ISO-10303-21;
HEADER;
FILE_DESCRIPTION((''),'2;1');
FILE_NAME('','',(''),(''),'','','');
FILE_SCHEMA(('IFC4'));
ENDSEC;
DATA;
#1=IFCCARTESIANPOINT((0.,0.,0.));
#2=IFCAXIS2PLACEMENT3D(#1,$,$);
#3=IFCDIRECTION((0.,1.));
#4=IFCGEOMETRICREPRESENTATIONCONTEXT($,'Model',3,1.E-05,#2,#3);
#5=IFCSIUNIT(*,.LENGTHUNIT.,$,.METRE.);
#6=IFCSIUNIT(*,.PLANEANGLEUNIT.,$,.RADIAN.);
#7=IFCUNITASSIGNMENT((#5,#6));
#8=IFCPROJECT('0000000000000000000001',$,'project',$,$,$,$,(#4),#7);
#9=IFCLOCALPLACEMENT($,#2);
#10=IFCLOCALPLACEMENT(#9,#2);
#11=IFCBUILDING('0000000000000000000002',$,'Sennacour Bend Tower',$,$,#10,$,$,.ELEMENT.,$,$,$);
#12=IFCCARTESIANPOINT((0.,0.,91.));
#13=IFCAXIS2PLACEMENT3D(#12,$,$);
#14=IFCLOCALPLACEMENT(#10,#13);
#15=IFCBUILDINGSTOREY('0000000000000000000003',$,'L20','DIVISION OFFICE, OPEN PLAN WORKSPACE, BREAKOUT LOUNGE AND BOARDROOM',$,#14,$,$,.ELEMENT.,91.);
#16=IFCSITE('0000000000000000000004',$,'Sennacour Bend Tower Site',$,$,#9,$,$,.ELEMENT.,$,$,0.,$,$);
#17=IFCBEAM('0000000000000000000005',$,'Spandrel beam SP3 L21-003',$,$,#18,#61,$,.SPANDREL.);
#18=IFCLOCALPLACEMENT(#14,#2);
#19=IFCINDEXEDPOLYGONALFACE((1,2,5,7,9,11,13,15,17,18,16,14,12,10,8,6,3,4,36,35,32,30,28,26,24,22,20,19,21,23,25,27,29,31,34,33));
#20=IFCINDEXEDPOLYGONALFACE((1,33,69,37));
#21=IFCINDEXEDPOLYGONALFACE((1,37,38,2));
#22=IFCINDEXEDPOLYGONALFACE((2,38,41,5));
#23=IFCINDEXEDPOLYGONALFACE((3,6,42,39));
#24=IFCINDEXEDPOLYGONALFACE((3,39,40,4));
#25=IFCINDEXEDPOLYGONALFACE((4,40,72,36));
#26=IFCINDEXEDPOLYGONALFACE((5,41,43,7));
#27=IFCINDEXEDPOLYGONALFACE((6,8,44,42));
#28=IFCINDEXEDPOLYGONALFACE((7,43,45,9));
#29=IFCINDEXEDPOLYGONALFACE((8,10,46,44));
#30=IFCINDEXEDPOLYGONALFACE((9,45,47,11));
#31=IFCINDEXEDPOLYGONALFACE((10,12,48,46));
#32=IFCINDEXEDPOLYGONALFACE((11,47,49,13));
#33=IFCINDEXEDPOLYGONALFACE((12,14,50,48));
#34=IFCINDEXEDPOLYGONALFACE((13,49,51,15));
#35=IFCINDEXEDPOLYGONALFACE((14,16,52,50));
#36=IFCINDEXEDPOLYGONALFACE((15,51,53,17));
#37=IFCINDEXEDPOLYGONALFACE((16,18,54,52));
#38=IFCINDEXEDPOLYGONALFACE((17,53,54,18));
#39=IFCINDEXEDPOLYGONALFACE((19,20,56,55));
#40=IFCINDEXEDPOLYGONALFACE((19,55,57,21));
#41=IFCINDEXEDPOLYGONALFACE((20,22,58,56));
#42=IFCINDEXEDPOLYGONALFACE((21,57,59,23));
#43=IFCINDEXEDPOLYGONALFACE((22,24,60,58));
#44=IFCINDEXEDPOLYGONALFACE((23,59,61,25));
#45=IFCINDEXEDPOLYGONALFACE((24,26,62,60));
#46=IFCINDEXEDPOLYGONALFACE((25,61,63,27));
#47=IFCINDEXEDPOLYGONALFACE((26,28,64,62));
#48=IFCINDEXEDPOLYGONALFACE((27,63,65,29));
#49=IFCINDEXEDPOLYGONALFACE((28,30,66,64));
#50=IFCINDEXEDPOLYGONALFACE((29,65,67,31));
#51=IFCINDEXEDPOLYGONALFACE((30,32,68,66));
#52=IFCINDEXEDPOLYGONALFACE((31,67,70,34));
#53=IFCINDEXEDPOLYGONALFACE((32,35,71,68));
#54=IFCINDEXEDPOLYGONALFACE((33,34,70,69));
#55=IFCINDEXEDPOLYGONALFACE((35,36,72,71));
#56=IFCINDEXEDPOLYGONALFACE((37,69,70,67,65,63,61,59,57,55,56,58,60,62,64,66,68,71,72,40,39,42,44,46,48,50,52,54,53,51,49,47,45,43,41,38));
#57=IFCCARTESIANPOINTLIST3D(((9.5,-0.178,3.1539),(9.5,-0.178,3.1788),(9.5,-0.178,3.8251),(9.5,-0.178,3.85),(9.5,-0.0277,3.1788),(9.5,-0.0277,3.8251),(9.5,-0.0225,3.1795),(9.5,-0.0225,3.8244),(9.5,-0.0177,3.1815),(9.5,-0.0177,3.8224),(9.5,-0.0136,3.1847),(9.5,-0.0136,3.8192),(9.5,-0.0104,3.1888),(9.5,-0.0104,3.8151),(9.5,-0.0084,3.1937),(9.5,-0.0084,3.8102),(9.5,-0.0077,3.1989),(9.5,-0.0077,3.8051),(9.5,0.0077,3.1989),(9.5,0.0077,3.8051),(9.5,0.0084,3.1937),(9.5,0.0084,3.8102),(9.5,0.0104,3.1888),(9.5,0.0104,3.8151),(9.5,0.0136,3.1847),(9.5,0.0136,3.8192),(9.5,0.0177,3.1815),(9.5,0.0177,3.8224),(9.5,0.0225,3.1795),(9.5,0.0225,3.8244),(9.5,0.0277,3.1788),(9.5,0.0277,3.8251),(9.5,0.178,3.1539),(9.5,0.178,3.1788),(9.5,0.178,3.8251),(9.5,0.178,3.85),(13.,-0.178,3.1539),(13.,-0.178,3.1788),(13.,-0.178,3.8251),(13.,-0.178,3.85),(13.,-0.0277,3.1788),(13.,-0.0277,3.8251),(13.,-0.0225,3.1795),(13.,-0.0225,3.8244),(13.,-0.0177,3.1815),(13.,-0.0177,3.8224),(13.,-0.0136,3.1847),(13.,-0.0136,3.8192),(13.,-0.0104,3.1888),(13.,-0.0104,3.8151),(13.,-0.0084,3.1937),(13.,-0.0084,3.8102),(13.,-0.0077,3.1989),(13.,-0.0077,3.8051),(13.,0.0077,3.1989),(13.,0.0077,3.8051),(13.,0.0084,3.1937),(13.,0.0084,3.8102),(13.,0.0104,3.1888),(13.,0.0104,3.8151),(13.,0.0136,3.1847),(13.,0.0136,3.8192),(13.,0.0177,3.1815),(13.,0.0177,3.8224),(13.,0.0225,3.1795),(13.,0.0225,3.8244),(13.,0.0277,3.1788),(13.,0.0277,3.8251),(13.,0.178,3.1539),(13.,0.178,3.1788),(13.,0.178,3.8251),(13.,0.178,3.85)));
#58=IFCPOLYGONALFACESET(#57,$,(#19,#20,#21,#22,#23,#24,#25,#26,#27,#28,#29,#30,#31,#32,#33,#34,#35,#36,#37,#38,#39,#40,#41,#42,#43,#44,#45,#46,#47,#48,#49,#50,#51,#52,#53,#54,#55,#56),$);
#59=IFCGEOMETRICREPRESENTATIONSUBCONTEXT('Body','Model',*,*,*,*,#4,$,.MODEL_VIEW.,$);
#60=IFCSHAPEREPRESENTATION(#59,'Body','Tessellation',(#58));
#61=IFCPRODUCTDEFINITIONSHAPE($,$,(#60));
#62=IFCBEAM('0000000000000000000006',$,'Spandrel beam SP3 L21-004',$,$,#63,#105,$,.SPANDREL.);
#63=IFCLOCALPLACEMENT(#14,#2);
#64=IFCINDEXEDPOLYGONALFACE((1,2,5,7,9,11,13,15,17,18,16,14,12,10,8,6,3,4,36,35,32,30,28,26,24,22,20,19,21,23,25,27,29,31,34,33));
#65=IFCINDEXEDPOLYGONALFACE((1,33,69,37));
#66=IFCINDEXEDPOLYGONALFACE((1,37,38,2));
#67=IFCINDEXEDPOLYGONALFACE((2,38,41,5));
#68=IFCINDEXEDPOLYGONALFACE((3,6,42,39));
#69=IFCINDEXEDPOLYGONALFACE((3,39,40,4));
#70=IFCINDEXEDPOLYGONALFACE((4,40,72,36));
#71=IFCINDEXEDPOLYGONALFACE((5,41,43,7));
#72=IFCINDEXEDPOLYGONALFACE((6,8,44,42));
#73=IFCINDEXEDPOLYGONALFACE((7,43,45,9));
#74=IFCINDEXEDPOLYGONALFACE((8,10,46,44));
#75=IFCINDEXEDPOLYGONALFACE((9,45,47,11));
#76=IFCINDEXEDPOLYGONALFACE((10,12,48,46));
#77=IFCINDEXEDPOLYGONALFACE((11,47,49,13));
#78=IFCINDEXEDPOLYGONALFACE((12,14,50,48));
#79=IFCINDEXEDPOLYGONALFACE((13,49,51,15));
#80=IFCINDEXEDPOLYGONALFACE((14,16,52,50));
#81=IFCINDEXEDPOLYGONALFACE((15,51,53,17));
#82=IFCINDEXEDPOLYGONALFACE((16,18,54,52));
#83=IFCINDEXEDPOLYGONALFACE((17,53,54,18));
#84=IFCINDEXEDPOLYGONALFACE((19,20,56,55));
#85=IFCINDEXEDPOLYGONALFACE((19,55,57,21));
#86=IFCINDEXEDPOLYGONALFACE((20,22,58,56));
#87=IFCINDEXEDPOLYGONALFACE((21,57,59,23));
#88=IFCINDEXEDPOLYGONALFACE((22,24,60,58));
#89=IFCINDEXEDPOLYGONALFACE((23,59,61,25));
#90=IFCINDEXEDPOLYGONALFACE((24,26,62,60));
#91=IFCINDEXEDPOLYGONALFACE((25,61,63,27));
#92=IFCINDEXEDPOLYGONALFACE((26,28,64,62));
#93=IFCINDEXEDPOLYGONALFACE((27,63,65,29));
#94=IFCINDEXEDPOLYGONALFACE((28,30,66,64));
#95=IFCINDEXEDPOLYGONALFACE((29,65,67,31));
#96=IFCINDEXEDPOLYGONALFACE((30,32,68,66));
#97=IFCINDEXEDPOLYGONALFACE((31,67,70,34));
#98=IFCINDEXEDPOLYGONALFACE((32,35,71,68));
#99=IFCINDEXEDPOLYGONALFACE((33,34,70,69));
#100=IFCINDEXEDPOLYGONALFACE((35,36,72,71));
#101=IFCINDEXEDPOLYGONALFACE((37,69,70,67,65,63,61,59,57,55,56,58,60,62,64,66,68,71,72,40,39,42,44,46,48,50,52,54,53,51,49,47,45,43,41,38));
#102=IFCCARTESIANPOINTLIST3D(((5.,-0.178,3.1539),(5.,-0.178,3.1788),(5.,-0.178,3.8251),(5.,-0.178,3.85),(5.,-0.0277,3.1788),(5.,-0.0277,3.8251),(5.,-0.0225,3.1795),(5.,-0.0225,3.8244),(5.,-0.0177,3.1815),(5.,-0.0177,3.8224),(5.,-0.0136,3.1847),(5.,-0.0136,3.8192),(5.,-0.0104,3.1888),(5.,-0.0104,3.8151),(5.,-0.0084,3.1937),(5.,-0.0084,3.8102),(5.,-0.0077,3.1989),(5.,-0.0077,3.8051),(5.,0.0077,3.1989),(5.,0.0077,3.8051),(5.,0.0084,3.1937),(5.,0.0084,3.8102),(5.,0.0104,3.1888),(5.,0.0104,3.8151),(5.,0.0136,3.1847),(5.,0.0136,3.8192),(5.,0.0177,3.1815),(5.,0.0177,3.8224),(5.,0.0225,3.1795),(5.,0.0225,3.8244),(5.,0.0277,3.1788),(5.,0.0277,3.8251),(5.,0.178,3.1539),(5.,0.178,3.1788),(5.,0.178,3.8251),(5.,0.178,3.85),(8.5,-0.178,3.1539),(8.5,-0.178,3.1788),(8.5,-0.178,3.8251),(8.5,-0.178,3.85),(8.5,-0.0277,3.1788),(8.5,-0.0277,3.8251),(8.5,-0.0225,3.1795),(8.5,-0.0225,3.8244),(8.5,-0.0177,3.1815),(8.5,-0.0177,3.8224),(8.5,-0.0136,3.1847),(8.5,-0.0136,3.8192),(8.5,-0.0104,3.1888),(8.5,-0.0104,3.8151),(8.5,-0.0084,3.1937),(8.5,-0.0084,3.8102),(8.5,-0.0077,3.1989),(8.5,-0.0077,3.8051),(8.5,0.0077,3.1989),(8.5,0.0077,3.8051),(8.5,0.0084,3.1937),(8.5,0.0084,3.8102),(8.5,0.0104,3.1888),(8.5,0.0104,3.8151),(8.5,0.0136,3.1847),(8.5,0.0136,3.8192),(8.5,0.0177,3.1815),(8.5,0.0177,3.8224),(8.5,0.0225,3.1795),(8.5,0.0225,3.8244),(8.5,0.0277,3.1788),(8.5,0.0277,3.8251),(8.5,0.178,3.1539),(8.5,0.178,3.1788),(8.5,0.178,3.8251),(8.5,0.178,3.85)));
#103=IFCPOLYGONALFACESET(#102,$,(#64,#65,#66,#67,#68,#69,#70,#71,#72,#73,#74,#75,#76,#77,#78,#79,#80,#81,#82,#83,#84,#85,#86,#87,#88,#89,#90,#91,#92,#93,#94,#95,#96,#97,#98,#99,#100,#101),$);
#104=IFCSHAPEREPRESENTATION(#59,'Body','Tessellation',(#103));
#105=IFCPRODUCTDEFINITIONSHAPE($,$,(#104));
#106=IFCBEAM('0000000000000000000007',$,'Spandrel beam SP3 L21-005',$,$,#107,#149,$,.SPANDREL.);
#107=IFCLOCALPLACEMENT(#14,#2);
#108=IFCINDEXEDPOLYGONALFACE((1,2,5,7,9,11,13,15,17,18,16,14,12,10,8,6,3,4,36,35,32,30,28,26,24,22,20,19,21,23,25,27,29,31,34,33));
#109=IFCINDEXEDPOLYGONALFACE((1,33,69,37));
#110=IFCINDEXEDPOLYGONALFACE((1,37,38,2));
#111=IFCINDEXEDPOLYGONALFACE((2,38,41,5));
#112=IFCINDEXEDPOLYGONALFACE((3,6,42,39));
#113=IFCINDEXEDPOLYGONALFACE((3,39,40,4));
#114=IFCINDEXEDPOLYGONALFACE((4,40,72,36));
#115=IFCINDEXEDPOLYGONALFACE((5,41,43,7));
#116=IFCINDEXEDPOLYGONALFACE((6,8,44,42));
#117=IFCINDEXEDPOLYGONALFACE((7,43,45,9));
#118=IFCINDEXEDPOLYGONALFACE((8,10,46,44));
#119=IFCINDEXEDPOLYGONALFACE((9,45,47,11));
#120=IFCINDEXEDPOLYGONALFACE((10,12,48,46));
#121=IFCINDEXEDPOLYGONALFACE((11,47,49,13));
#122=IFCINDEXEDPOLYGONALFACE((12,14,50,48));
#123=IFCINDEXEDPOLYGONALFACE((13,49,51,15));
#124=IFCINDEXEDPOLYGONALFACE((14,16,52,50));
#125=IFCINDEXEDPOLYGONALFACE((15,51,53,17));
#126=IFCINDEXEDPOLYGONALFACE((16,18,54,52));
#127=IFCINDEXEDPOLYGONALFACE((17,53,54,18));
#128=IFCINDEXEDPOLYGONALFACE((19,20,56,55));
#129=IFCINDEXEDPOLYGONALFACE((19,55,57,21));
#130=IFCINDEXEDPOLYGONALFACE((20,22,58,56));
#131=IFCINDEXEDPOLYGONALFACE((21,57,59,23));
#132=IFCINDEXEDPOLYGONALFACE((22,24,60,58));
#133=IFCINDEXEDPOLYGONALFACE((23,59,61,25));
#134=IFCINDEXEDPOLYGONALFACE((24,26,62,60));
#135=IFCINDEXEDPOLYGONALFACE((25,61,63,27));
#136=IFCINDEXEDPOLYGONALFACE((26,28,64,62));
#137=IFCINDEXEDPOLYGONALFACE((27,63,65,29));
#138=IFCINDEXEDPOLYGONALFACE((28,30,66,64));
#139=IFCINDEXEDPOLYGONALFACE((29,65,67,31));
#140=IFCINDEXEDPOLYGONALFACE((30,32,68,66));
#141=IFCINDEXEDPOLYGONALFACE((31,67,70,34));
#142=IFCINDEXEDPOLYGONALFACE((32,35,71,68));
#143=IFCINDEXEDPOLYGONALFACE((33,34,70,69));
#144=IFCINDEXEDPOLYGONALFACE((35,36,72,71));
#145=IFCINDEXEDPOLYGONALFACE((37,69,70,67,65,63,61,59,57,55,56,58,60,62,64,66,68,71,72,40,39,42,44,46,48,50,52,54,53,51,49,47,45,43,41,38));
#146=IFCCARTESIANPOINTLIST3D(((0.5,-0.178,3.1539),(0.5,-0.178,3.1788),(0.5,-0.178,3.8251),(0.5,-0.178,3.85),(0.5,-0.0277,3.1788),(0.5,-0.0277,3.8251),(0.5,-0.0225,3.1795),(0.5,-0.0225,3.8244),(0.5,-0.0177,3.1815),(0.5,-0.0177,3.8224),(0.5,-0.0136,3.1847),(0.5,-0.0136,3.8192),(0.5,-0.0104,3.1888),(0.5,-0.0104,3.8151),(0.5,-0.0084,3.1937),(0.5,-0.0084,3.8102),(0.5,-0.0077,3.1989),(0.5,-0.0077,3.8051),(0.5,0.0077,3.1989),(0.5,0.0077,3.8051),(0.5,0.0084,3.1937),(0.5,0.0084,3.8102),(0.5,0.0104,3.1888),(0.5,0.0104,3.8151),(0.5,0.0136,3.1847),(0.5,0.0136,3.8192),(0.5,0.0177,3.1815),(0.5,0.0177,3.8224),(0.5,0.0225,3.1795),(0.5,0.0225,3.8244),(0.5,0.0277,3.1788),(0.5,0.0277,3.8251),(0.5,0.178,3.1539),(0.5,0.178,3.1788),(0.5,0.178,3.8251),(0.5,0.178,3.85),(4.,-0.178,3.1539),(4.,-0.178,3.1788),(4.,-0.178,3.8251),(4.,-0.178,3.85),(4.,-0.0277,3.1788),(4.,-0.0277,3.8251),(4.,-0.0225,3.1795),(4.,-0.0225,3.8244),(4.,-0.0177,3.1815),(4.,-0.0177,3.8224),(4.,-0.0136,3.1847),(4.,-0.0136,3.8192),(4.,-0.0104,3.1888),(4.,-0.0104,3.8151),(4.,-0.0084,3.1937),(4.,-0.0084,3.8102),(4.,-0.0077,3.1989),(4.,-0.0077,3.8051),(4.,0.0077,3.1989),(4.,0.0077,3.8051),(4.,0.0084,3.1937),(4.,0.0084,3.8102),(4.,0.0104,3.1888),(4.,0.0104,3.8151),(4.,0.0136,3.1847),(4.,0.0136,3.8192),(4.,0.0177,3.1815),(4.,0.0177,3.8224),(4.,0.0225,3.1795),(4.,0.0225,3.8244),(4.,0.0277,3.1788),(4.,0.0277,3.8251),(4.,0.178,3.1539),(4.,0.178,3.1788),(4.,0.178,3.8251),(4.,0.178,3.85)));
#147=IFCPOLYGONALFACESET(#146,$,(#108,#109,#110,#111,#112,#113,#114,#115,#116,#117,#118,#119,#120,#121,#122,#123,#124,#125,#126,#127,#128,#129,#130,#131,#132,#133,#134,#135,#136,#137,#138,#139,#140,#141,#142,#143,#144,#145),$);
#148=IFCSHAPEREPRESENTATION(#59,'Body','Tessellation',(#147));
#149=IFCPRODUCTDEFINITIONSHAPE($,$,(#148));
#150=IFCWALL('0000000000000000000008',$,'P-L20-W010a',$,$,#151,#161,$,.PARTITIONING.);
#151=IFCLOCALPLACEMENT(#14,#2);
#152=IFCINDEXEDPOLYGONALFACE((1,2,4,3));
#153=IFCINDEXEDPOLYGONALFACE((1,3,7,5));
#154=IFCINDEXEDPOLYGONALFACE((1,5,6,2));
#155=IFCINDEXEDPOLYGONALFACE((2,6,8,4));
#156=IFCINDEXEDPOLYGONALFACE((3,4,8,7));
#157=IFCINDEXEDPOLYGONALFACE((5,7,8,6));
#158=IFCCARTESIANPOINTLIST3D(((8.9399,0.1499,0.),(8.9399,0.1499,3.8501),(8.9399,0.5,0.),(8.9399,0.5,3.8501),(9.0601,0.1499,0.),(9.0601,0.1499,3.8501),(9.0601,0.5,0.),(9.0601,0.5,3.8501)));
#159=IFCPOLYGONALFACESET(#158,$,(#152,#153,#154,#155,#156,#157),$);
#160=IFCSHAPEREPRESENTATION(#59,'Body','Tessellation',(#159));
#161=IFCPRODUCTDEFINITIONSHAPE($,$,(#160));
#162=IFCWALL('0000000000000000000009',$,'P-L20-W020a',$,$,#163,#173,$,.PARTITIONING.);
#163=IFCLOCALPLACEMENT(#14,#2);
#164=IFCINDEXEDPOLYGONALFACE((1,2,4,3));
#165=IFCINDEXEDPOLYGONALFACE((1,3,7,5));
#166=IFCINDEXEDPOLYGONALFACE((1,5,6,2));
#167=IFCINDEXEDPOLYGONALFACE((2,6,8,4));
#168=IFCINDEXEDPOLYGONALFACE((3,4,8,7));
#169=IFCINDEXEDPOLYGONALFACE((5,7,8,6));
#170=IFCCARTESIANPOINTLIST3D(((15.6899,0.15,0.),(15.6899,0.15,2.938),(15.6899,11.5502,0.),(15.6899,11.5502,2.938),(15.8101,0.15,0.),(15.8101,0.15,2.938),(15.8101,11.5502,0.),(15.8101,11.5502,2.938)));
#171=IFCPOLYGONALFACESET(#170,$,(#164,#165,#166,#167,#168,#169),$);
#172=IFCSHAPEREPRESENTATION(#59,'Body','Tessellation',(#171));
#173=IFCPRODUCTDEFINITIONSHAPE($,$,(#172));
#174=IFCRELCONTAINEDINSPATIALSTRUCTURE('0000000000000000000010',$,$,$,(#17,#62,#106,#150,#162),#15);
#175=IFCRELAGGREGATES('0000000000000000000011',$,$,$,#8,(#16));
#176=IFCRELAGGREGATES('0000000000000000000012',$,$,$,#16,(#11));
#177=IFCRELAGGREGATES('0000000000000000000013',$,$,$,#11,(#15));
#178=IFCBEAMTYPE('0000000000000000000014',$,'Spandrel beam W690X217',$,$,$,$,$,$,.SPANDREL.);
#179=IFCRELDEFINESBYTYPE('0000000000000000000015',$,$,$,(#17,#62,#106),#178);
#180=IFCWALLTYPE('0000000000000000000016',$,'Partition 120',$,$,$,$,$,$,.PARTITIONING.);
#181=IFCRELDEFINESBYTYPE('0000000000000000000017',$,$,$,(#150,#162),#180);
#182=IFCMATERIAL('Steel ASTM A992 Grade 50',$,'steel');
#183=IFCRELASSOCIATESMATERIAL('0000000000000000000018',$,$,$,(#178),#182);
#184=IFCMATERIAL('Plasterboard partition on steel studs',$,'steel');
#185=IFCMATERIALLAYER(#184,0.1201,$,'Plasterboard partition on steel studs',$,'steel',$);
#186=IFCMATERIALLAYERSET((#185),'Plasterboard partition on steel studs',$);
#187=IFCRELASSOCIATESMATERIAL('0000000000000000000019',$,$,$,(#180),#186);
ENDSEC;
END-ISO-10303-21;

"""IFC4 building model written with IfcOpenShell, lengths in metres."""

from ifc_helpers import new_model, si_unit, direction, frame, frame_2d, origin, origin_2d, place, context, subcontext, project, spatial, rectangle, i_section, extrude, material, layer, layer_set, material_profile, profile_set, type_object, element, save


model = new_model("IFC4")

# Units and contexts
model_context = context("Model", 3, precision=1e-05, world=origin(), true_north=direction((0.0, 1.0)))
body_context = subcontext(model_context, "Body", "Model", "MODEL_VIEW")
ifc_project = project(units=[si_unit("LENGTHUNIT", "METRE"), si_unit("PLANEANGLEUNIT", "RADIAN")], contexts=[model_context])

# Site, building, storey
site_placement = place(None, origin())
site = spatial("IfcSite", under=ifc_project, at=site_placement, Name="Sennacour Bend Tower Site", CompositionType="ELEMENT", RefElevation=0.0)
building_placement = place(site_placement, origin())
building = spatial("IfcBuilding", under=site, at=building_placement, Name="Sennacour Bend Tower", CompositionType="ELEMENT")
storey_placement = place(building_placement, frame((0.0, 0.0, 91.0)))
storey = spatial("IfcBuildingStorey", under=building, at=storey_placement, Name="L20", Description="DIVISION OFFICE, OPEN PLAN WORKSPACE, BREAKOUT LOUNGE AND BOARDROOM", CompositionType="ELEMENT", Elevation=91.0)

# Beams
ifc_material_1 = material(Name="Steel ASTM A992 Grade 50", Category="steel")
ifc_material_profile_1 = material_profile(ifc_material_1, i_section(OverallWidth=0.356, OverallDepth=0.696, WebThickness=0.0154, FlangeThickness=0.0249, FilletRadius=0.02, at=origin_2d()), Name="Steel ASTM A992 Grade 50", Category="steel")
ifc_profile_set_1 = profile_set([ifc_material_profile_1], Name="Steel ASTM A992 Grade 50")
beam_type_1 = type_object("IfcBeamType", Name="Spandrel beam W690X217", PredefinedType="SPANDREL", material=ifc_profile_set_1)
for number, where, z_axis, x_axis, name in (
    (1, (13.0, 0.0, 3.502), (-1.0, 0.0, 0.0), (0.0, -1.0, 0.0), "Spandrel beam SP3 L21-003"),
    (2, (8.5, 0.0, 3.502), (-1.0, 0.0, 0.0), (0.0, -1.0, 0.0), "Spandrel beam SP3 L21-004"),
    (3, (4.0, 0.0, 3.502), (-1.0, 0.0, 0.0), (0.0, -1.0, 0.0), "Spandrel beam SP3 L21-005"),
):
    element("IfcBeam", number, at=place(storey_placement, frame(where, z_axis=z_axis, x_axis=x_axis)), inside=storey, type_object=beam_type_1, Name=name, PredefinedType="SPANDREL", context=body_context, shape_type="SweptSolid", body=[
        extrude(i_section(OverallWidth=0.356, OverallDepth=0.696, WebThickness=0.0154, FlangeThickness=0.0249, FilletRadius=0.02, at=origin_2d()), origin(), (0.0, 0.0, 1.0), 3.5),
    ])

# Walls
ifc_material_2 = material(Name="Plasterboard partition on steel studs", Category="steel")
ifc_layer_1 = layer(ifc_material_2, 0.1201, Name="Plasterboard partition on steel studs", Category="steel")
ifc_layer_set_1 = layer_set([ifc_layer_1], Name="Plasterboard partition on steel studs")
wall_type_1 = type_object("IfcWallType", Name="Partition 120", PredefinedType="PARTITIONING", material=ifc_layer_set_1)
wall_1_placement = place(storey_placement, frame((9.0, 0.1499, 0.0), z_axis=(0.0, 0.0, 1.0), x_axis=(0.0, 1.0, 0.0)))
element("IfcWall", 4, at=wall_1_placement, inside=storey, type_object=wall_type_1, Name="P-L20-W010a", PredefinedType="PARTITIONING", context=body_context, shape_type="SweptSolid", body=[
    extrude(rectangle(XDim=0.3501, YDim=0.1201, at=frame_2d((0.175, 0.0))), origin(), (0.0, 0.0, 1.0), 3.8501),
])
wall_2_placement = place(storey_placement, frame((15.75, 0.1499, 0.0), z_axis=(0.0, 0.0, 1.0), x_axis=(0.0, 1.0, 0.0)))
element("IfcWall", 5, at=wall_2_placement, inside=storey, type_object=wall_type_1, Name="P-L20-W020a", PredefinedType="PARTITIONING", context=body_context, shape_type="SweptSolid", body=[
    extrude(rectangle(XDim=11.4001, YDim=0.1201, at=frame_2d((5.7002, 0.0))), origin(), (0.0, 0.0, 1.0), 2.938),
])

save(model, "model.ifc")
